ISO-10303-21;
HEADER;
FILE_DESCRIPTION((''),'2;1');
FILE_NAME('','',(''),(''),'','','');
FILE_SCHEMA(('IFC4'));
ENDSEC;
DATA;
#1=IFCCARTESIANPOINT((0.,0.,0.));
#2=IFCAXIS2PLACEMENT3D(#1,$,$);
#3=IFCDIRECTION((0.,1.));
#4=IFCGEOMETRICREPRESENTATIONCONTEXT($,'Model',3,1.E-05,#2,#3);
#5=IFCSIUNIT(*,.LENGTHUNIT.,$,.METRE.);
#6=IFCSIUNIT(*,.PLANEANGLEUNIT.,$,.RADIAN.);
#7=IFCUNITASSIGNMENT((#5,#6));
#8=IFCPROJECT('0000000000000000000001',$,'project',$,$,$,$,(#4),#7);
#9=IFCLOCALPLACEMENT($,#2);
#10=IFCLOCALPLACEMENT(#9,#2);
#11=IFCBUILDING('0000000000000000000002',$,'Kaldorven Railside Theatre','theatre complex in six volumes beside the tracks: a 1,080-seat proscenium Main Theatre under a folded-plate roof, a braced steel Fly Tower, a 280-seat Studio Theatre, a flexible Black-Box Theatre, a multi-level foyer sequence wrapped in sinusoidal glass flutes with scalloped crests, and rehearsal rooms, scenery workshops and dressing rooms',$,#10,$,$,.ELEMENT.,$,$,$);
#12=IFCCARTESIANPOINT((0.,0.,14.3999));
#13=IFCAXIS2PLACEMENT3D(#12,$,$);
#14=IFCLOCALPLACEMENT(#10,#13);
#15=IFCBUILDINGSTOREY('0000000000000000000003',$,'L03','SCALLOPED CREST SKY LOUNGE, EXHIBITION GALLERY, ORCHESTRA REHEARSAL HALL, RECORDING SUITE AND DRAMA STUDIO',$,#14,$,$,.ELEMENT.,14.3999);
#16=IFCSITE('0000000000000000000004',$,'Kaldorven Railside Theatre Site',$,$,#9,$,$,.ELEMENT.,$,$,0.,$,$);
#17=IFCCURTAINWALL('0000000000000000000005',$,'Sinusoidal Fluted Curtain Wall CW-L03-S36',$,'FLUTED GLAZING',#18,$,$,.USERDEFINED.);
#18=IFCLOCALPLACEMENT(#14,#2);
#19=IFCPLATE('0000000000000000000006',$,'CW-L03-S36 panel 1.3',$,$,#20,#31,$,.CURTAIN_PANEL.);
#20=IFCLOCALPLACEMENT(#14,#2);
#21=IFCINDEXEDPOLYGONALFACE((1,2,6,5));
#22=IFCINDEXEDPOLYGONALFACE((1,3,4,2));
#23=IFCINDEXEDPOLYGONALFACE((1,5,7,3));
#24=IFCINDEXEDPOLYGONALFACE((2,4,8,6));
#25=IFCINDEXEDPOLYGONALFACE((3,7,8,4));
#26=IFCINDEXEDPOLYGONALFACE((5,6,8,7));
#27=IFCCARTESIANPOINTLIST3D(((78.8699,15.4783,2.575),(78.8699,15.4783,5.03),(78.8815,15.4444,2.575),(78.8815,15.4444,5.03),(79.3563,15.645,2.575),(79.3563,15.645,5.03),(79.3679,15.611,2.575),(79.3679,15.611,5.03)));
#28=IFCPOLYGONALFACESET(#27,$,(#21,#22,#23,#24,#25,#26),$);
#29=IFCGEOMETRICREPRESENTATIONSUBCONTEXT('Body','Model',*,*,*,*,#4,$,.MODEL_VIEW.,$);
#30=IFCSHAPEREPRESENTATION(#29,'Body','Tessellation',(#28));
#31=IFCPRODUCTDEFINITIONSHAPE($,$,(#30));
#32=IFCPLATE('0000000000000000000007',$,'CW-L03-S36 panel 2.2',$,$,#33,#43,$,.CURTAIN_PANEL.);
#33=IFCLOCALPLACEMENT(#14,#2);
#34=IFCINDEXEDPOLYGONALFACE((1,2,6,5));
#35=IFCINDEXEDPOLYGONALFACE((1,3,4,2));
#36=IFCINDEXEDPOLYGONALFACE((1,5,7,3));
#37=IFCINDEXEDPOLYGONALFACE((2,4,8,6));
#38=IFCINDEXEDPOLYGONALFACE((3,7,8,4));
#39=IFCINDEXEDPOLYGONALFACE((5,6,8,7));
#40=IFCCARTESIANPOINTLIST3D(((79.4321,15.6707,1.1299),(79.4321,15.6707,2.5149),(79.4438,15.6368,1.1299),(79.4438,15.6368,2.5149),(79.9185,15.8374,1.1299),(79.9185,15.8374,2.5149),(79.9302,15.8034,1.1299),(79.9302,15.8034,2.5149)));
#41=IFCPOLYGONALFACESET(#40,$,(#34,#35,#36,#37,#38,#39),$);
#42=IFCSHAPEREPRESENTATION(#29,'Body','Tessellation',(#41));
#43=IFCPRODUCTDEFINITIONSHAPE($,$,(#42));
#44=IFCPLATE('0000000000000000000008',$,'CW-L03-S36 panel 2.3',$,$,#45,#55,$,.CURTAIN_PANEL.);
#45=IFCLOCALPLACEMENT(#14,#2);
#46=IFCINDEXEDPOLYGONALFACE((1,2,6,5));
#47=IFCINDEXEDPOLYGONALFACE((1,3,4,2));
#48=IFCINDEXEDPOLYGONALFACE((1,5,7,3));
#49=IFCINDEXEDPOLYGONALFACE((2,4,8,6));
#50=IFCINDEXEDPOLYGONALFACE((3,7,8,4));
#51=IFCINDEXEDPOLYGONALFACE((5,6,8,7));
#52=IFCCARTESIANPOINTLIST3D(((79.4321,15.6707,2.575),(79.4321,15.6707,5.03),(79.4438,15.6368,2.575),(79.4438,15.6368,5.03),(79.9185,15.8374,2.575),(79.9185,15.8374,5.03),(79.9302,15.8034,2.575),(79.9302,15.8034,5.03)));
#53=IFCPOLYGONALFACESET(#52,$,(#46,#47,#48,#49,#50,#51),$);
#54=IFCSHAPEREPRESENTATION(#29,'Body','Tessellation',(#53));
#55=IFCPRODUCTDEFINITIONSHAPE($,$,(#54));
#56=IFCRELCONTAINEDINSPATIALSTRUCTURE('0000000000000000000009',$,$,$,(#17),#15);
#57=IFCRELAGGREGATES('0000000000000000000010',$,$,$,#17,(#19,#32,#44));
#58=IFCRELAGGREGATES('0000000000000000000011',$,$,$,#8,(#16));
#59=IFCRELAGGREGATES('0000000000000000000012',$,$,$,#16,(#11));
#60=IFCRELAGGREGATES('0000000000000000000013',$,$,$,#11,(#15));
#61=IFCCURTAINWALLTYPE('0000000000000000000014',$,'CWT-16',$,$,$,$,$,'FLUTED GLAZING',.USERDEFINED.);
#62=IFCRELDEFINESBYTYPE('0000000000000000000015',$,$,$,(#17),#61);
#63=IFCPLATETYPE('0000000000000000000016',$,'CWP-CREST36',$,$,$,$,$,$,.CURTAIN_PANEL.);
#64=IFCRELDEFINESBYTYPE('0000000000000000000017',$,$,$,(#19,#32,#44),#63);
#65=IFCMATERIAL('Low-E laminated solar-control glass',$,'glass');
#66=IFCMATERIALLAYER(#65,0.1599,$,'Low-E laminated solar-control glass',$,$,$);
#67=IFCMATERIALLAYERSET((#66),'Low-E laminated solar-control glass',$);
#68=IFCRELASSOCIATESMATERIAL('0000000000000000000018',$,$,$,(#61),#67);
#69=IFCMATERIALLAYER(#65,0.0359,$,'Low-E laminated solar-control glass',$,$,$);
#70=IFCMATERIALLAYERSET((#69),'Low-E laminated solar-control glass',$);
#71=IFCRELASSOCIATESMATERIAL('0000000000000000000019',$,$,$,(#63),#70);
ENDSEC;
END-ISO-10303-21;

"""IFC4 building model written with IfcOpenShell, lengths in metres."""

from ifc_helpers import new_model, si_unit, direction, frame, origin, origin_2d, place, context, subcontext, project, spatial, rectangle, extrude, material, layer, layer_set, type_object, element, aggregate, save


model = new_model("IFC4")

# Units and contexts
model_context = context("Model", 3, precision=1e-05, world=origin(), true_north=direction((0.0, 1.0)))
body_context = subcontext(model_context, "Body", "Model", "MODEL_VIEW")
ifc_project = project(units=[si_unit("LENGTHUNIT", "METRE"), si_unit("PLANEANGLEUNIT", "RADIAN")], contexts=[model_context])

# Site, building, storey
site_placement = place(None, origin())
site = spatial("IfcSite", under=ifc_project, at=site_placement, Name="Kaldorven Railside Theatre Site", CompositionType="ELEMENT", RefElevation=0.0)
building_placement = place(site_placement, origin())
building = spatial("IfcBuilding", under=site, at=building_placement, Name="Kaldorven Railside Theatre", Description="theatre complex in six volumes beside the tracks: a 1,080-seat proscenium Main Theatre under a folded-plate roof, a braced steel Fly Tower, a 280-seat Studio Theatre, a flexible Black-Box Theatre, a multi-level foyer sequence wrapped in sinusoidal glass flutes with scalloped crests, and rehearsal rooms, scenery workshops and dressing rooms", CompositionType="ELEMENT")
storey_placement = place(building_placement, frame((0.0, 0.0, 14.3999)))
storey = spatial("IfcBuildingStorey", under=building, at=storey_placement, Name="L03", Description="SCALLOPED CREST SKY LOUNGE, EXHIBITION GALLERY, ORCHESTRA REHEARSAL HALL, RECORDING SUITE AND DRAMA STUDIO", CompositionType="ELEMENT", Elevation=14.3999)

# Curtain wall
ifc_material_1 = material(Name="Low-E laminated solar-control glass", Category="glass")
ifc_layer_1 = layer(ifc_material_1, 0.1599, Name="Low-E laminated solar-control glass")
ifc_layer_set_1 = layer_set([ifc_layer_1], Name="Low-E laminated solar-control glass")
curtain_wall_type_1 = type_object("IfcCurtainWallType", Name="CWT-16", ElementType="FLUTED GLAZING", PredefinedType="USERDEFINED", material=ifc_layer_set_1)
curtain_wall_1_placement = place(storey_placement, origin())
curtain_wall_1 = element("IfcCurtainWall", 1, at=curtain_wall_1_placement, inside=storey, type_object=curtain_wall_type_1, Name="Sinusoidal Fluted Curtain Wall CW-L03-S36", ObjectType="FLUTED GLAZING", PredefinedType="USERDEFINED")

# Shared definitions
ifc_layer_2 = layer(ifc_material_1, 0.0359, Name="Low-E laminated solar-control glass")
ifc_layer_set_2 = layer_set([ifc_layer_2], Name="Low-E laminated solar-control glass")
plate_type = type_object("IfcPlateType", Name="CWP-CREST36", PredefinedType="CURTAIN_PANEL", material=ifc_layer_set_2)

# Plates
plate_1_placement = place(storey_placement, frame((79.1189, 15.5447, 2.575), z_axis=(0.0, 0.0, 1.0), x_axis=(0.946025, 0.324093, 0.0)))
plate_1 = element("IfcPlate", 2, at=plate_1_placement, type_object=plate_type, Name="CW-L03-S36 panel 1.3", PredefinedType="CURTAIN_PANEL", context=body_context, shape_type="SweptSolid", body=[
    extrude(rectangle(XDim=0.5142, YDim=0.0359, at=origin_2d()), origin(), (0.0, 0.0, 1.0), 2.4551),
])
plate_2_placement = place(storey_placement, frame((79.6812, 15.7371, 1.1299), z_axis=(0.0, 0.0, 1.0), x_axis=(0.946025, 0.324093, 0.0)))
plate_2 = element("IfcPlate", 3, at=plate_2_placement, type_object=plate_type, Name="CW-L03-S36 panel 2.2", PredefinedType="CURTAIN_PANEL", context=body_context, shape_type="SweptSolid", body=[
    extrude(rectangle(XDim=0.5142, YDim=0.0359, at=origin_2d()), origin(), (0.0, 0.0, 1.0), 1.385),
])
plate_3_placement = place(storey_placement, frame((79.6812, 15.7371, 2.575), z_axis=(0.0, 0.0, 1.0), x_axis=(0.946025, 0.324093, 0.0)))
plate_3 = element("IfcPlate", 4, at=plate_3_placement, type_object=plate_type, Name="CW-L03-S36 panel 2.3", PredefinedType="CURTAIN_PANEL", context=body_context, shape_type="SweptSolid", body=[
    extrude(rectangle(XDim=0.5142, YDim=0.0359, at=origin_2d()), origin(), (0.0, 0.0, 1.0), 2.4551),
])
aggregate(curtain_wall_1, [plate_1, plate_2, plate_3])

save(model, "model.ifc")
